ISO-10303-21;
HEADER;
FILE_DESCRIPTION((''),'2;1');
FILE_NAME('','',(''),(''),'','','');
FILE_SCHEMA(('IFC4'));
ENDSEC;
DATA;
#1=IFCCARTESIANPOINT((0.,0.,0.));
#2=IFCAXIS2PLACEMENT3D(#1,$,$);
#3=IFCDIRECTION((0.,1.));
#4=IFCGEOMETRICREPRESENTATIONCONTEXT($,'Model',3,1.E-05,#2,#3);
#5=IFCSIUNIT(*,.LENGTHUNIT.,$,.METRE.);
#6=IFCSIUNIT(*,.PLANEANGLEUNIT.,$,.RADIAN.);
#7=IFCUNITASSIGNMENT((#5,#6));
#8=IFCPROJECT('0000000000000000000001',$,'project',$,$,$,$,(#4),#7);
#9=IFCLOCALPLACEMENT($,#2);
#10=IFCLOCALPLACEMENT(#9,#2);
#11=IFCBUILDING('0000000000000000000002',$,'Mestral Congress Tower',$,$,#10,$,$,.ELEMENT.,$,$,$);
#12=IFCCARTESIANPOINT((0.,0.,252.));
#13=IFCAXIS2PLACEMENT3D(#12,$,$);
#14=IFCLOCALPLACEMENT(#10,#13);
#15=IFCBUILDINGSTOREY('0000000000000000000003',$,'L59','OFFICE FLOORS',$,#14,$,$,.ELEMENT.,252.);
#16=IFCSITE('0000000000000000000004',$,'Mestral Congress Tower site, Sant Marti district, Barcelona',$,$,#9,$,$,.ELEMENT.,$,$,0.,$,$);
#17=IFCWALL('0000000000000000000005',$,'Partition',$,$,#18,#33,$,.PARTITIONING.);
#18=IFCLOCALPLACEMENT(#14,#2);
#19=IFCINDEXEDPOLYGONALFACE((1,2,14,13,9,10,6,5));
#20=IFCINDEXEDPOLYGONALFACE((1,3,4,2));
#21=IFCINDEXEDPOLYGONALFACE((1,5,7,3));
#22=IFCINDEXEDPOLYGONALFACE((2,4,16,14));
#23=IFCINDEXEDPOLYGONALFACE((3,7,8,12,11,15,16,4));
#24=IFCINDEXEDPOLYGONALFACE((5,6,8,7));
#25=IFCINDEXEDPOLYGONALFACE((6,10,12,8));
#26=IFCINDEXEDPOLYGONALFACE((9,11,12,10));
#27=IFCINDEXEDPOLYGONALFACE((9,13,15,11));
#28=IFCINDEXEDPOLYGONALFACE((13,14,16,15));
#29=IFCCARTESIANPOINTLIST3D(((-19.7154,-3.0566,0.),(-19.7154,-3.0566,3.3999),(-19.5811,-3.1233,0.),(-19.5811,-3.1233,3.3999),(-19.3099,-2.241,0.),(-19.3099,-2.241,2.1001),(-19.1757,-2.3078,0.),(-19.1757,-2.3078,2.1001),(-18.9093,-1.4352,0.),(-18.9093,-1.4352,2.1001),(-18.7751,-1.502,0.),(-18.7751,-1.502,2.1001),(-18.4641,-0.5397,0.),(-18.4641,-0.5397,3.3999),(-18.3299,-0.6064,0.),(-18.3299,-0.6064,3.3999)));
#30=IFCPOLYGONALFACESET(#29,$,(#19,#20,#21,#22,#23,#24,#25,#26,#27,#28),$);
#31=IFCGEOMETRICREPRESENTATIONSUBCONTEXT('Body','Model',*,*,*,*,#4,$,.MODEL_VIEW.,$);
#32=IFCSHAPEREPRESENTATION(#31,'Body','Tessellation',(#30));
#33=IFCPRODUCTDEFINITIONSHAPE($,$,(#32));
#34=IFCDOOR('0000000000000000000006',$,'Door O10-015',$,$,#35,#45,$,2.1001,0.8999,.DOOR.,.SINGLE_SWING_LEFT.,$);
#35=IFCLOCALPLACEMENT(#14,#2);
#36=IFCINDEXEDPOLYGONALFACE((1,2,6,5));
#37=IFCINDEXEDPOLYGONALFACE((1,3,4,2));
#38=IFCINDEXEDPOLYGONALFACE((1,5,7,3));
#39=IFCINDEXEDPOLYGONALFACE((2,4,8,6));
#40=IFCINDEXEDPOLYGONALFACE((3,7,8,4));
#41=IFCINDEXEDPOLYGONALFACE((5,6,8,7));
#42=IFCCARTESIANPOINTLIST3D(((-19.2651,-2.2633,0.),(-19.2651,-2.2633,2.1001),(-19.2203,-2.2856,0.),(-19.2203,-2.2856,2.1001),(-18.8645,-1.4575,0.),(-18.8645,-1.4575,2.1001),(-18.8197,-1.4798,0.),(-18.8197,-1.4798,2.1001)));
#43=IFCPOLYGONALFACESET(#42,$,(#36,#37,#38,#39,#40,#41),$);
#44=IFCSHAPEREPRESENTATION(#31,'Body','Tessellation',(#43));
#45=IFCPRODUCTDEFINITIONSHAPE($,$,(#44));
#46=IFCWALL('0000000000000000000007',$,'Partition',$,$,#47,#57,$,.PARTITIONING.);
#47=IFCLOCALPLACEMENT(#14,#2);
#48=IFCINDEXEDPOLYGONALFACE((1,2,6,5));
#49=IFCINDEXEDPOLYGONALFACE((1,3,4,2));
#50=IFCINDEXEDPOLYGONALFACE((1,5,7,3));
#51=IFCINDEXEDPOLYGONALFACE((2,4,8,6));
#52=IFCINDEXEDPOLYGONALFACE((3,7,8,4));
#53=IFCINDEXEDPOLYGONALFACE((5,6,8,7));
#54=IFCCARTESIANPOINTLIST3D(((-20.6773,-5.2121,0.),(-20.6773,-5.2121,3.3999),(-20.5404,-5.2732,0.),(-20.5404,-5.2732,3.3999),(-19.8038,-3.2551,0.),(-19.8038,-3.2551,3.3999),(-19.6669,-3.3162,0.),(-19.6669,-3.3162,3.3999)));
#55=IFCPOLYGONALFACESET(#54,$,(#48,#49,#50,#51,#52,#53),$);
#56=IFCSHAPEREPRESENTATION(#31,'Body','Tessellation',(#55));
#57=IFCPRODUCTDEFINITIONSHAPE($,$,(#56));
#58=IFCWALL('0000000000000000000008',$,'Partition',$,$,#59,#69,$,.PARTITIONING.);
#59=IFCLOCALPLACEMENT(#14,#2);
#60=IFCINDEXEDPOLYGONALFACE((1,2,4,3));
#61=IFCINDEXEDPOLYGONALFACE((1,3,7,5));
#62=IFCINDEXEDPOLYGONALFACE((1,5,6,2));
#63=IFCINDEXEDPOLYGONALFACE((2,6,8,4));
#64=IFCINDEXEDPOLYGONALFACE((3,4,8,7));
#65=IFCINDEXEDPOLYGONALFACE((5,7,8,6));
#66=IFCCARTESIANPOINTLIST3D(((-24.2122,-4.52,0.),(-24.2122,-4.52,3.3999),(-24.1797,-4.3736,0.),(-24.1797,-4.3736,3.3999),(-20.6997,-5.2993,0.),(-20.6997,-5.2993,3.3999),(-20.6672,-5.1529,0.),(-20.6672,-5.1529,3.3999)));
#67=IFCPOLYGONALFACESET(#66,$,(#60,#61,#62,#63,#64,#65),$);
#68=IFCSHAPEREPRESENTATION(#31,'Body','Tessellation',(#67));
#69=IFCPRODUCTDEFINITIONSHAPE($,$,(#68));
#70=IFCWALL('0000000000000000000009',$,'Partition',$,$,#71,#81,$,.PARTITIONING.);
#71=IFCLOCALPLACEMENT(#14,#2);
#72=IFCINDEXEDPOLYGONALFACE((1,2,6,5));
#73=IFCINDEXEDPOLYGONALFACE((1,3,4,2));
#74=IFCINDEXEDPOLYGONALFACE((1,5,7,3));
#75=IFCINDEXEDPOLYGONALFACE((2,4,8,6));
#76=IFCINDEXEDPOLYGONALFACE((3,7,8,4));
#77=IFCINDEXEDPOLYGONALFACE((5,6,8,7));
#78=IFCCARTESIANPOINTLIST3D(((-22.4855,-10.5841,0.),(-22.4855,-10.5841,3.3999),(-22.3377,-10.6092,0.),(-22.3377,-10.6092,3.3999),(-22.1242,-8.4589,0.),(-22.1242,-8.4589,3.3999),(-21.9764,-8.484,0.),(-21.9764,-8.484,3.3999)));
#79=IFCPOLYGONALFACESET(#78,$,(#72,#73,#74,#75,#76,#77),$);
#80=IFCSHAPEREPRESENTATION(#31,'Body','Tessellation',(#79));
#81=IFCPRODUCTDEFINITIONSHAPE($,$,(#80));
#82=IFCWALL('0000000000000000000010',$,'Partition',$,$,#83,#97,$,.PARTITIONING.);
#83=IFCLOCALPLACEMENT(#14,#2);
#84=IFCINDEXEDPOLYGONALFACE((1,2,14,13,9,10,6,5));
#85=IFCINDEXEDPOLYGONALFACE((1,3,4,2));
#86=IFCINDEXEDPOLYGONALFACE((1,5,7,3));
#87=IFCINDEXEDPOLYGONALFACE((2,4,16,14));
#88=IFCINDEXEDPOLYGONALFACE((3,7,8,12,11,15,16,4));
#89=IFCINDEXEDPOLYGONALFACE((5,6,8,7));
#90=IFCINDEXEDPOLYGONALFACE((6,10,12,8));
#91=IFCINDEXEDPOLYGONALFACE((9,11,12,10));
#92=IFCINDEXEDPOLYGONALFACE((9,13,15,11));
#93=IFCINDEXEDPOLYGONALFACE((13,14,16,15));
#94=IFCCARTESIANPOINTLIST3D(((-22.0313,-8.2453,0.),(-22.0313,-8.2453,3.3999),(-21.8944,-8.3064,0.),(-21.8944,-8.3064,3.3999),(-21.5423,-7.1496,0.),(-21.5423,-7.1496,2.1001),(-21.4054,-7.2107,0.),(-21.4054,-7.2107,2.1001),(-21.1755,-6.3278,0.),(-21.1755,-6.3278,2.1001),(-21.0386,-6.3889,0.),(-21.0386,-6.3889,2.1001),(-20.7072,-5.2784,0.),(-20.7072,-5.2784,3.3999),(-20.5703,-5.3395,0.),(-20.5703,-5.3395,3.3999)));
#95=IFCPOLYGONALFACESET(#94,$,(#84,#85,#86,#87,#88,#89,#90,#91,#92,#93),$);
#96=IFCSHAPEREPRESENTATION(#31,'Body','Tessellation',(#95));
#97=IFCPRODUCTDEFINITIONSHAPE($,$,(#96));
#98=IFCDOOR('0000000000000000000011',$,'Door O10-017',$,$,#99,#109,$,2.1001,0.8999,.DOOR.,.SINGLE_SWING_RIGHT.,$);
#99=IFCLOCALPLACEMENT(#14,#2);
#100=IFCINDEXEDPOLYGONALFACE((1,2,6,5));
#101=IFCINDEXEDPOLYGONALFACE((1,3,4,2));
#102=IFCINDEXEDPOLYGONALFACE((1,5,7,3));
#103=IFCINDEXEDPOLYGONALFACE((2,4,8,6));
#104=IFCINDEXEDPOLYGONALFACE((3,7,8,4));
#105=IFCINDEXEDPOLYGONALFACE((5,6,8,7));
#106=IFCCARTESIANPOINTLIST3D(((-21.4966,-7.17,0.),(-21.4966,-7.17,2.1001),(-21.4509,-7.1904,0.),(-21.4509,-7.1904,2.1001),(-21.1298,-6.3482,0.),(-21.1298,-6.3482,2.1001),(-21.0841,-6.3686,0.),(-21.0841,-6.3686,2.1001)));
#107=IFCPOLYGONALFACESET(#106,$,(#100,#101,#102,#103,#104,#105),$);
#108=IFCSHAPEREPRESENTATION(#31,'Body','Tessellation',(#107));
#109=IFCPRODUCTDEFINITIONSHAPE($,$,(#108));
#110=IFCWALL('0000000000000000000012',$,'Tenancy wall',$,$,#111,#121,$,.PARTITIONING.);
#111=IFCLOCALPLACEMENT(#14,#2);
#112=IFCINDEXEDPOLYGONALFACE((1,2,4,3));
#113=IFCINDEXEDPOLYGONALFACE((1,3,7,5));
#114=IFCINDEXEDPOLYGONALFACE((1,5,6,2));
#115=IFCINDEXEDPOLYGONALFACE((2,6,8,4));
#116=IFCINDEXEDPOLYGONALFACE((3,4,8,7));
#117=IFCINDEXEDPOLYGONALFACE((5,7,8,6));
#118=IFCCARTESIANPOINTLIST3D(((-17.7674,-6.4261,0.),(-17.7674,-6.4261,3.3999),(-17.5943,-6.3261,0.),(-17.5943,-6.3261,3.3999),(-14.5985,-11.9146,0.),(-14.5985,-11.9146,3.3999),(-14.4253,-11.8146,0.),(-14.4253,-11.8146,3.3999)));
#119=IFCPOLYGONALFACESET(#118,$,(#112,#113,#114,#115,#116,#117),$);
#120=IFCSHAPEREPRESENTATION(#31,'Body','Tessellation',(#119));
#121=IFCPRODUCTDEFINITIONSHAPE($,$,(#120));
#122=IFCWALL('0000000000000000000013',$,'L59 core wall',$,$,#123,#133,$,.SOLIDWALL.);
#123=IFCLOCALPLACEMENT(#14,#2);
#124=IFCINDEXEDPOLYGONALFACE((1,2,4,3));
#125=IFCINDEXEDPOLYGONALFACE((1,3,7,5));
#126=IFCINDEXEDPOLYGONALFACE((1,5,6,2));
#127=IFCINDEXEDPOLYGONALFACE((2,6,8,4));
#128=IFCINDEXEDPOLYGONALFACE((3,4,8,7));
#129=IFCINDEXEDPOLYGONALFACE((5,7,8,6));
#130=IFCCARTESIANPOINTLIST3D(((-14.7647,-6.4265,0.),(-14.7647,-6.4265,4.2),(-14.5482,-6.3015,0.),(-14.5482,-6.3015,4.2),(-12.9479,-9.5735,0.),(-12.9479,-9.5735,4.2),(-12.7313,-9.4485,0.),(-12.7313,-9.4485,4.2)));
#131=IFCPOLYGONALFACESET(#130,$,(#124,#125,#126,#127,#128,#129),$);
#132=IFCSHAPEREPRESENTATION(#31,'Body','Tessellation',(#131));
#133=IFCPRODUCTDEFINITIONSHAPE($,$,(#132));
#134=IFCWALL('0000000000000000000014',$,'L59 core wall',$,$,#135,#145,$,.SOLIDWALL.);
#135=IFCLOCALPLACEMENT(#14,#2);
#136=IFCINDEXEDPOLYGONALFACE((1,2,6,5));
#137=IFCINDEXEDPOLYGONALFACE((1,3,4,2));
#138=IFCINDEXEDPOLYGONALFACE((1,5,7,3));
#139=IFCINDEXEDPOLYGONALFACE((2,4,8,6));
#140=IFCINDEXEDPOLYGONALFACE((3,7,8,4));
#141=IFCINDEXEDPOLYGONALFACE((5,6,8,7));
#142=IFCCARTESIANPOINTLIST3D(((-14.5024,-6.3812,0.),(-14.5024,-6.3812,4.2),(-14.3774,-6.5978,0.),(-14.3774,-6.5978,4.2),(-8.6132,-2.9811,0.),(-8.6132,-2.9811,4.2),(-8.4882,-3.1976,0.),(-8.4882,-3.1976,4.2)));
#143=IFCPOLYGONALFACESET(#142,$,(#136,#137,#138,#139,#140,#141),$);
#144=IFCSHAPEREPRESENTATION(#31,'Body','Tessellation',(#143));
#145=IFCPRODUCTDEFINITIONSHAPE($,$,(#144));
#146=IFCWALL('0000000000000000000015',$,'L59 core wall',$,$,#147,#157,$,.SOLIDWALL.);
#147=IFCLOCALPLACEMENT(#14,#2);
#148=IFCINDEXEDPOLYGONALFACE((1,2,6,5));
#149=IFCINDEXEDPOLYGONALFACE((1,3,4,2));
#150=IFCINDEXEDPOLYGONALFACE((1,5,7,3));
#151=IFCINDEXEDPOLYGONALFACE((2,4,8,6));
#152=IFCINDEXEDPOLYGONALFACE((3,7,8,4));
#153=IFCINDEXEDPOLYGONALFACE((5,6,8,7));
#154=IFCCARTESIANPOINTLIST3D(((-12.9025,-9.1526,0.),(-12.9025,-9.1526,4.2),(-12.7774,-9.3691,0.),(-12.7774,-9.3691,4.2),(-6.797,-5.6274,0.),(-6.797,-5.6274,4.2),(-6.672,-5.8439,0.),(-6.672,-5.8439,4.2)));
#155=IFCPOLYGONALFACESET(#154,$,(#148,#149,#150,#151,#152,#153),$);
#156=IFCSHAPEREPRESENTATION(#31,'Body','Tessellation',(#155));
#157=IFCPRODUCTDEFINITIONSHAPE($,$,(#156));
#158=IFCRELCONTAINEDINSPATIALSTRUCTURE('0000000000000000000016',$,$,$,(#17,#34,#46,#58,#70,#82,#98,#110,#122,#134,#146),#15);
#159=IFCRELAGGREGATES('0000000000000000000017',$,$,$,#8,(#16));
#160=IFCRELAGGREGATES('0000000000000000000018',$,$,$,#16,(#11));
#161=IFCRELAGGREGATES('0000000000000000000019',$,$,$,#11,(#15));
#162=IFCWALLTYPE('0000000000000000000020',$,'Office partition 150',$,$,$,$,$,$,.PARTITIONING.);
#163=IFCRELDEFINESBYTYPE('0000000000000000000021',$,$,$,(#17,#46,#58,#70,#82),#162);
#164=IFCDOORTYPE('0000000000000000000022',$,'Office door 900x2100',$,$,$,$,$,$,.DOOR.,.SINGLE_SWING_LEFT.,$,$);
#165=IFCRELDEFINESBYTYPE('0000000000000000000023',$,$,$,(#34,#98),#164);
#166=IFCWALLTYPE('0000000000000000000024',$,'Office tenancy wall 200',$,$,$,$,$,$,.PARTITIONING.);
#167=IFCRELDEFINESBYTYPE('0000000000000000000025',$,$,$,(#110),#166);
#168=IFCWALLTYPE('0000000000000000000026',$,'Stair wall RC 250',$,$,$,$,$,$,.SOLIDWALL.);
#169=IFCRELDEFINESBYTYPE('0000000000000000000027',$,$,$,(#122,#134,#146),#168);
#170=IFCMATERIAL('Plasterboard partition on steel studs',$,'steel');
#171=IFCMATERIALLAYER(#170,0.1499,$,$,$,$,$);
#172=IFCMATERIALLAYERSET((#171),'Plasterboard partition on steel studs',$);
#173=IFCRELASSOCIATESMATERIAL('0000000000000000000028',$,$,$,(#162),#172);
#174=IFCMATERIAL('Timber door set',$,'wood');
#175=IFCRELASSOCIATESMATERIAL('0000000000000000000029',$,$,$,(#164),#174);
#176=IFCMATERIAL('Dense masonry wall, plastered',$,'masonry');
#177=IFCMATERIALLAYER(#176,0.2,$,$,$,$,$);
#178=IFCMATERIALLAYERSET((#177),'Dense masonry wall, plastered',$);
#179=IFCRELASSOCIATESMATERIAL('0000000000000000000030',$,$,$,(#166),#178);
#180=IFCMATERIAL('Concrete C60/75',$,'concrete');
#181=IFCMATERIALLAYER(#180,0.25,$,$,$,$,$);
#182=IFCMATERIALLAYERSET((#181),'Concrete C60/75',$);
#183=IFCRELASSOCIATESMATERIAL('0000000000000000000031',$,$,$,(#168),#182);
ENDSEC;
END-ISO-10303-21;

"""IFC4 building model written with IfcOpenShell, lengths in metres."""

from ifc_helpers import new_model, si_unit, direction, frame, frame_2d, origin, place, context, subcontext, project, spatial, rectangle, extrude, material, layer, layer_set, type_object, element, fill, save


model = new_model("IFC4")

# Units and contexts
model_context = context("Model", 3, precision=1e-05, world=origin(), true_north=direction((0.0, 1.0)))
body_context = subcontext(model_context, "Body", "Model", "MODEL_VIEW")
ifc_project = project(units=[si_unit("LENGTHUNIT", "METRE"), si_unit("PLANEANGLEUNIT", "RADIAN")], contexts=[model_context])

# Site, building, storey
site_placement = place(None, origin())
site = spatial("IfcSite", under=ifc_project, at=site_placement, Name="Mestral Congress Tower site, Sant Marti district, Barcelona", CompositionType="ELEMENT", RefElevation=0.0)
building_placement = place(site_placement, origin())
building = spatial("IfcBuilding", under=site, at=building_placement, Name="Mestral Congress Tower", CompositionType="ELEMENT")
storey_placement = place(building_placement, frame((0.0, 0.0, 252.0)))
storey = spatial("IfcBuildingStorey", under=building, at=storey_placement, Name="L59", Description="OFFICE FLOORS", CompositionType="ELEMENT", Elevation=252.0)

# Shared definitions
ifc_material_1 = material(Name="Concrete C60/75", Category="concrete")

# Wall, opening, door
ifc_material_2 = material(Name="Plasterboard partition on steel studs", Category="steel")
ifc_layer_1 = layer(ifc_material_2, 0.1499)
ifc_layer_set_1 = layer_set([ifc_layer_1], Name="Plasterboard partition on steel studs")
wall_type_1 = type_object("IfcWallType", Name="Office partition 150", PredefinedType="PARTITIONING", material=ifc_layer_set_1)
wall_1_placement = place(storey_placement, frame((-19.6482, -3.0898, 0.0), z_axis=(0.0, 0.0, 1.0), x_axis=(0.445163, 0.89545, 0.0)))
wall_1 = element("IfcWall", 1, at=wall_1_placement, inside=storey, type_object=wall_type_1, Name="Partition", PredefinedType="PARTITIONING", context=body_context, shape_type="SweptSolid", body=[
    extrude(rectangle(XDim=2.8108, YDim=0.1499, at=frame_2d((1.4053, 0.0))), origin(), (0.0, 0.0, 1.0), 3.3999),
])
opening_1_placement = place(wall_1_placement, frame((0.9106, 0.0, 0.0)))
opening_1 = element("IfcOpeningElement", 2, at=opening_1_placement, cuts=wall_1, PredefinedType="OPENING", context=body_context, shape_type="SweptSolid", body=[
    extrude(rectangle(XDim=0.8999, YDim=2.1001, at=frame_2d((0.45, 1.05))), frame((0.0, 0.085, 0.0), z_axis=(0.0, -1.0, 0.0), x_axis=(1.0, 0.0, 0.0)), (0.0, 0.0, 1.0), 0.1699),
])
ifc_material_3 = material(Name="Timber door set", Category="wood")
door_type_1 = type_object("IfcDoorType", Name="Office door 900x2100", OperationType="SINGLE_SWING_LEFT", PredefinedType="DOOR", material=ifc_material_3)
door_1_placement = place(opening_1_placement, origin())
door_1 = element("IfcDoor", 3, at=door_1_placement, inside=storey, type_object=door_type_1, Name="Door O10-015", OperationType="SINGLE_SWING_LEFT", OverallHeight=2.1001, OverallWidth=0.8999, PredefinedType="DOOR", context=body_context, shape_type="SweptSolid", body=[
    extrude(rectangle(XDim=0.8999, YDim=2.1001, at=frame_2d((0.45, 1.05))), frame((0.0, 0.0249, 0.0), z_axis=(0.0, -1.0, 0.0), x_axis=(1.0, 0.0, 0.0)), (0.0, 0.0, 1.0), 0.05),
])
fill(opening_1, door_1)

# Walls
wall_2_placement = place(storey_placement, frame((-19.7354, -3.2856, 0.0), z_axis=(0.0, 0.0, 1.0), x_axis=(-0.407597, -0.913162, 0.0)))
element("IfcWall", 4, at=wall_2_placement, inside=storey, type_object=wall_type_1, Name="Partition", PredefinedType="PARTITIONING", context=body_context, shape_type="SweptSolid", body=[
    extrude(rectangle(XDim=2.1431, YDim=0.1499, at=frame_2d((1.0715, 0.0))), origin(), (0.0, 0.0, 1.0), 3.3999),
])
wall_3_placement = place(storey_placement, frame((-20.6836, -5.2261, 0.0), z_axis=(0.0, 0.0, 1.0), x_axis=(-0.97626, 0.2166, 0.0)))
element("IfcWall", 5, at=wall_3_placement, inside=storey, type_object=wall_type_1, Name="Partition", PredefinedType="PARTITIONING", context=body_context, shape_type="SweptSolid", body=[
    extrude(rectangle(XDim=3.5979, YDim=0.1499, at=frame_2d((1.7988, 0.0))), origin(), (0.0, 0.0, 1.0), 3.3999),
])
wall_4_placement = place(storey_placement, frame((-22.4116, -10.5967, 0.0), z_axis=(0.0, 0.0, 1.0), x_axis=(0.167612, 0.985853, 0.0)))
element("IfcWall", 6, at=wall_4_placement, inside=storey, type_object=wall_type_1, Name="Partition", PredefinedType="PARTITIONING", context=body_context, shape_type="SweptSolid", body=[
    extrude(rectangle(XDim=2.1558, YDim=0.1499, at=frame_2d((1.0779, 0.0))), origin(), (0.0, 0.0, 1.0), 3.3999),
])

# Wall, opening, door
wall_5_placement = place(storey_placement, frame((-21.9629, -8.2759, 0.0), z_axis=(0.0, 0.0, 1.0), x_axis=(0.40756, 0.913178, 0.0)))
wall_5 = element("IfcWall", 7, at=wall_5_placement, inside=storey, type_object=wall_type_1, Name="Partition", PredefinedType="PARTITIONING", context=body_context, shape_type="SweptSolid", body=[
    extrude(rectangle(XDim=3.249, YDim=0.1499, at=frame_2d((1.6245, 0.0))), origin(), (0.0, 0.0, 1.0), 3.3999),
])
opening_2_placement = place(wall_5_placement, frame((1.2, 0.0, 0.0)))
opening_2 = element("IfcOpeningElement", 8, at=opening_2_placement, cuts=wall_5, PredefinedType="OPENING", context=body_context, shape_type="SweptSolid", body=[
    extrude(rectangle(XDim=0.8999, YDim=2.1001, at=frame_2d((0.45, 1.05))), frame((0.0, 0.085, 0.0), z_axis=(0.0, -1.0, 0.0), x_axis=(1.0, 0.0, 0.0)), (0.0, 0.0, 1.0), 0.1699),
])
door_2_placement = place(opening_2_placement, origin())
door_2 = element("IfcDoor", 9, at=door_2_placement, inside=storey, type_object=door_type_1, Name="Door O10-017", OperationType="SINGLE_SWING_RIGHT", OverallHeight=2.1001, OverallWidth=0.8999, PredefinedType="DOOR", context=body_context, shape_type="SweptSolid", body=[
    extrude(rectangle(XDim=0.8999, YDim=2.1001, at=frame_2d((0.45, 1.05))), frame((0.0, 0.0249, 0.0), z_axis=(0.0, -1.0, 0.0), x_axis=(1.0, 0.0, 0.0)), (0.0, 0.0, 1.0), 0.05),
])
fill(opening_2, door_2)

# Walls
ifc_material_4 = material(Name="Dense masonry wall, plastered", Category="masonry")
ifc_layer_2 = layer(ifc_material_4, 0.2)
ifc_layer_set_2 = layer_set([ifc_layer_2], Name="Dense masonry wall, plastered")
wall_type_2 = type_object("IfcWallType", Name="Office tenancy wall 200", PredefinedType="PARTITIONING", material=ifc_layer_set_2)
wall_6_placement = place(storey_placement, frame((-17.6809, -6.376, 0.0), z_axis=(0.0, 0.0, 1.0), x_axis=(0.500017, -0.866016, 0.0)))
element("IfcWall", 10, at=wall_6_placement, inside=storey, type_object=wall_type_2, Name="Tenancy wall", PredefinedType="PARTITIONING", context=body_context, shape_type="SweptSolid", body=[
    extrude(rectangle(XDim=6.3376, YDim=0.2, at=frame_2d((3.1689, 0.0))), origin(), (0.0, 0.0, 1.0), 3.3999),
])
ifc_layer_3 = layer(ifc_material_1, 0.25)
ifc_layer_set_3 = layer_set([ifc_layer_3], Name="Concrete C60/75")
wall_type_3 = type_object("IfcWallType", Name="Stair wall RC 250", PredefinedType="SOLIDWALL", material=ifc_layer_set_3)
wall_7_placement = place(storey_placement, frame((-12.8396, -9.511, 0.0), z_axis=(0.0, 0.0, 1.0), x_axis=(-0.499998, 0.866027, 0.0)))
element("IfcWall", 11, at=wall_7_placement, inside=storey, type_object=wall_type_3, Name="L59 core wall", PredefinedType="SOLIDWALL", context=body_context, shape_type="SweptSolid", body=[
    extrude(rectangle(XDim=3.6338, YDim=0.25, at=frame_2d((1.8169, 0.0))), origin(), (0.0, 0.0, 1.0), 4.2),
])
wall_8_placement = place(storey_placement, frame((-14.4399, -6.4895, 0.0), z_axis=(0.0, 0.0, 1.0), x_axis=(0.866023, 0.500004, 0.0)))
element("IfcWall", 12, at=wall_8_placement, inside=storey, type_object=wall_type_3, Name="L59 core wall", PredefinedType="SOLIDWALL", context=body_context, shape_type="SweptSolid", body=[
    extrude(rectangle(XDim=6.8003, YDim=0.25, at=frame_2d((3.4001, 0.0))), origin(), (0.0, 0.0, 1.0), 4.2),
])
wall_9_placement = place(storey_placement, frame((-12.8398, -9.2607, 0.0), z_axis=(0.0, 0.0, 1.0), x_axis=(0.866016, 0.500016, 0.0)))
element("IfcWall", 13, at=wall_9_placement, inside=storey, type_object=wall_type_3, Name="L59 core wall", PredefinedType="SOLIDWALL", context=body_context, shape_type="SweptSolid", body=[
    extrude(rectangle(XDim=7.05, YDim=0.25, at=frame_2d((3.5249, 0.0))), origin(), (0.0, 0.0, 1.0), 4.2),
])

save(model, "model.ifc")
